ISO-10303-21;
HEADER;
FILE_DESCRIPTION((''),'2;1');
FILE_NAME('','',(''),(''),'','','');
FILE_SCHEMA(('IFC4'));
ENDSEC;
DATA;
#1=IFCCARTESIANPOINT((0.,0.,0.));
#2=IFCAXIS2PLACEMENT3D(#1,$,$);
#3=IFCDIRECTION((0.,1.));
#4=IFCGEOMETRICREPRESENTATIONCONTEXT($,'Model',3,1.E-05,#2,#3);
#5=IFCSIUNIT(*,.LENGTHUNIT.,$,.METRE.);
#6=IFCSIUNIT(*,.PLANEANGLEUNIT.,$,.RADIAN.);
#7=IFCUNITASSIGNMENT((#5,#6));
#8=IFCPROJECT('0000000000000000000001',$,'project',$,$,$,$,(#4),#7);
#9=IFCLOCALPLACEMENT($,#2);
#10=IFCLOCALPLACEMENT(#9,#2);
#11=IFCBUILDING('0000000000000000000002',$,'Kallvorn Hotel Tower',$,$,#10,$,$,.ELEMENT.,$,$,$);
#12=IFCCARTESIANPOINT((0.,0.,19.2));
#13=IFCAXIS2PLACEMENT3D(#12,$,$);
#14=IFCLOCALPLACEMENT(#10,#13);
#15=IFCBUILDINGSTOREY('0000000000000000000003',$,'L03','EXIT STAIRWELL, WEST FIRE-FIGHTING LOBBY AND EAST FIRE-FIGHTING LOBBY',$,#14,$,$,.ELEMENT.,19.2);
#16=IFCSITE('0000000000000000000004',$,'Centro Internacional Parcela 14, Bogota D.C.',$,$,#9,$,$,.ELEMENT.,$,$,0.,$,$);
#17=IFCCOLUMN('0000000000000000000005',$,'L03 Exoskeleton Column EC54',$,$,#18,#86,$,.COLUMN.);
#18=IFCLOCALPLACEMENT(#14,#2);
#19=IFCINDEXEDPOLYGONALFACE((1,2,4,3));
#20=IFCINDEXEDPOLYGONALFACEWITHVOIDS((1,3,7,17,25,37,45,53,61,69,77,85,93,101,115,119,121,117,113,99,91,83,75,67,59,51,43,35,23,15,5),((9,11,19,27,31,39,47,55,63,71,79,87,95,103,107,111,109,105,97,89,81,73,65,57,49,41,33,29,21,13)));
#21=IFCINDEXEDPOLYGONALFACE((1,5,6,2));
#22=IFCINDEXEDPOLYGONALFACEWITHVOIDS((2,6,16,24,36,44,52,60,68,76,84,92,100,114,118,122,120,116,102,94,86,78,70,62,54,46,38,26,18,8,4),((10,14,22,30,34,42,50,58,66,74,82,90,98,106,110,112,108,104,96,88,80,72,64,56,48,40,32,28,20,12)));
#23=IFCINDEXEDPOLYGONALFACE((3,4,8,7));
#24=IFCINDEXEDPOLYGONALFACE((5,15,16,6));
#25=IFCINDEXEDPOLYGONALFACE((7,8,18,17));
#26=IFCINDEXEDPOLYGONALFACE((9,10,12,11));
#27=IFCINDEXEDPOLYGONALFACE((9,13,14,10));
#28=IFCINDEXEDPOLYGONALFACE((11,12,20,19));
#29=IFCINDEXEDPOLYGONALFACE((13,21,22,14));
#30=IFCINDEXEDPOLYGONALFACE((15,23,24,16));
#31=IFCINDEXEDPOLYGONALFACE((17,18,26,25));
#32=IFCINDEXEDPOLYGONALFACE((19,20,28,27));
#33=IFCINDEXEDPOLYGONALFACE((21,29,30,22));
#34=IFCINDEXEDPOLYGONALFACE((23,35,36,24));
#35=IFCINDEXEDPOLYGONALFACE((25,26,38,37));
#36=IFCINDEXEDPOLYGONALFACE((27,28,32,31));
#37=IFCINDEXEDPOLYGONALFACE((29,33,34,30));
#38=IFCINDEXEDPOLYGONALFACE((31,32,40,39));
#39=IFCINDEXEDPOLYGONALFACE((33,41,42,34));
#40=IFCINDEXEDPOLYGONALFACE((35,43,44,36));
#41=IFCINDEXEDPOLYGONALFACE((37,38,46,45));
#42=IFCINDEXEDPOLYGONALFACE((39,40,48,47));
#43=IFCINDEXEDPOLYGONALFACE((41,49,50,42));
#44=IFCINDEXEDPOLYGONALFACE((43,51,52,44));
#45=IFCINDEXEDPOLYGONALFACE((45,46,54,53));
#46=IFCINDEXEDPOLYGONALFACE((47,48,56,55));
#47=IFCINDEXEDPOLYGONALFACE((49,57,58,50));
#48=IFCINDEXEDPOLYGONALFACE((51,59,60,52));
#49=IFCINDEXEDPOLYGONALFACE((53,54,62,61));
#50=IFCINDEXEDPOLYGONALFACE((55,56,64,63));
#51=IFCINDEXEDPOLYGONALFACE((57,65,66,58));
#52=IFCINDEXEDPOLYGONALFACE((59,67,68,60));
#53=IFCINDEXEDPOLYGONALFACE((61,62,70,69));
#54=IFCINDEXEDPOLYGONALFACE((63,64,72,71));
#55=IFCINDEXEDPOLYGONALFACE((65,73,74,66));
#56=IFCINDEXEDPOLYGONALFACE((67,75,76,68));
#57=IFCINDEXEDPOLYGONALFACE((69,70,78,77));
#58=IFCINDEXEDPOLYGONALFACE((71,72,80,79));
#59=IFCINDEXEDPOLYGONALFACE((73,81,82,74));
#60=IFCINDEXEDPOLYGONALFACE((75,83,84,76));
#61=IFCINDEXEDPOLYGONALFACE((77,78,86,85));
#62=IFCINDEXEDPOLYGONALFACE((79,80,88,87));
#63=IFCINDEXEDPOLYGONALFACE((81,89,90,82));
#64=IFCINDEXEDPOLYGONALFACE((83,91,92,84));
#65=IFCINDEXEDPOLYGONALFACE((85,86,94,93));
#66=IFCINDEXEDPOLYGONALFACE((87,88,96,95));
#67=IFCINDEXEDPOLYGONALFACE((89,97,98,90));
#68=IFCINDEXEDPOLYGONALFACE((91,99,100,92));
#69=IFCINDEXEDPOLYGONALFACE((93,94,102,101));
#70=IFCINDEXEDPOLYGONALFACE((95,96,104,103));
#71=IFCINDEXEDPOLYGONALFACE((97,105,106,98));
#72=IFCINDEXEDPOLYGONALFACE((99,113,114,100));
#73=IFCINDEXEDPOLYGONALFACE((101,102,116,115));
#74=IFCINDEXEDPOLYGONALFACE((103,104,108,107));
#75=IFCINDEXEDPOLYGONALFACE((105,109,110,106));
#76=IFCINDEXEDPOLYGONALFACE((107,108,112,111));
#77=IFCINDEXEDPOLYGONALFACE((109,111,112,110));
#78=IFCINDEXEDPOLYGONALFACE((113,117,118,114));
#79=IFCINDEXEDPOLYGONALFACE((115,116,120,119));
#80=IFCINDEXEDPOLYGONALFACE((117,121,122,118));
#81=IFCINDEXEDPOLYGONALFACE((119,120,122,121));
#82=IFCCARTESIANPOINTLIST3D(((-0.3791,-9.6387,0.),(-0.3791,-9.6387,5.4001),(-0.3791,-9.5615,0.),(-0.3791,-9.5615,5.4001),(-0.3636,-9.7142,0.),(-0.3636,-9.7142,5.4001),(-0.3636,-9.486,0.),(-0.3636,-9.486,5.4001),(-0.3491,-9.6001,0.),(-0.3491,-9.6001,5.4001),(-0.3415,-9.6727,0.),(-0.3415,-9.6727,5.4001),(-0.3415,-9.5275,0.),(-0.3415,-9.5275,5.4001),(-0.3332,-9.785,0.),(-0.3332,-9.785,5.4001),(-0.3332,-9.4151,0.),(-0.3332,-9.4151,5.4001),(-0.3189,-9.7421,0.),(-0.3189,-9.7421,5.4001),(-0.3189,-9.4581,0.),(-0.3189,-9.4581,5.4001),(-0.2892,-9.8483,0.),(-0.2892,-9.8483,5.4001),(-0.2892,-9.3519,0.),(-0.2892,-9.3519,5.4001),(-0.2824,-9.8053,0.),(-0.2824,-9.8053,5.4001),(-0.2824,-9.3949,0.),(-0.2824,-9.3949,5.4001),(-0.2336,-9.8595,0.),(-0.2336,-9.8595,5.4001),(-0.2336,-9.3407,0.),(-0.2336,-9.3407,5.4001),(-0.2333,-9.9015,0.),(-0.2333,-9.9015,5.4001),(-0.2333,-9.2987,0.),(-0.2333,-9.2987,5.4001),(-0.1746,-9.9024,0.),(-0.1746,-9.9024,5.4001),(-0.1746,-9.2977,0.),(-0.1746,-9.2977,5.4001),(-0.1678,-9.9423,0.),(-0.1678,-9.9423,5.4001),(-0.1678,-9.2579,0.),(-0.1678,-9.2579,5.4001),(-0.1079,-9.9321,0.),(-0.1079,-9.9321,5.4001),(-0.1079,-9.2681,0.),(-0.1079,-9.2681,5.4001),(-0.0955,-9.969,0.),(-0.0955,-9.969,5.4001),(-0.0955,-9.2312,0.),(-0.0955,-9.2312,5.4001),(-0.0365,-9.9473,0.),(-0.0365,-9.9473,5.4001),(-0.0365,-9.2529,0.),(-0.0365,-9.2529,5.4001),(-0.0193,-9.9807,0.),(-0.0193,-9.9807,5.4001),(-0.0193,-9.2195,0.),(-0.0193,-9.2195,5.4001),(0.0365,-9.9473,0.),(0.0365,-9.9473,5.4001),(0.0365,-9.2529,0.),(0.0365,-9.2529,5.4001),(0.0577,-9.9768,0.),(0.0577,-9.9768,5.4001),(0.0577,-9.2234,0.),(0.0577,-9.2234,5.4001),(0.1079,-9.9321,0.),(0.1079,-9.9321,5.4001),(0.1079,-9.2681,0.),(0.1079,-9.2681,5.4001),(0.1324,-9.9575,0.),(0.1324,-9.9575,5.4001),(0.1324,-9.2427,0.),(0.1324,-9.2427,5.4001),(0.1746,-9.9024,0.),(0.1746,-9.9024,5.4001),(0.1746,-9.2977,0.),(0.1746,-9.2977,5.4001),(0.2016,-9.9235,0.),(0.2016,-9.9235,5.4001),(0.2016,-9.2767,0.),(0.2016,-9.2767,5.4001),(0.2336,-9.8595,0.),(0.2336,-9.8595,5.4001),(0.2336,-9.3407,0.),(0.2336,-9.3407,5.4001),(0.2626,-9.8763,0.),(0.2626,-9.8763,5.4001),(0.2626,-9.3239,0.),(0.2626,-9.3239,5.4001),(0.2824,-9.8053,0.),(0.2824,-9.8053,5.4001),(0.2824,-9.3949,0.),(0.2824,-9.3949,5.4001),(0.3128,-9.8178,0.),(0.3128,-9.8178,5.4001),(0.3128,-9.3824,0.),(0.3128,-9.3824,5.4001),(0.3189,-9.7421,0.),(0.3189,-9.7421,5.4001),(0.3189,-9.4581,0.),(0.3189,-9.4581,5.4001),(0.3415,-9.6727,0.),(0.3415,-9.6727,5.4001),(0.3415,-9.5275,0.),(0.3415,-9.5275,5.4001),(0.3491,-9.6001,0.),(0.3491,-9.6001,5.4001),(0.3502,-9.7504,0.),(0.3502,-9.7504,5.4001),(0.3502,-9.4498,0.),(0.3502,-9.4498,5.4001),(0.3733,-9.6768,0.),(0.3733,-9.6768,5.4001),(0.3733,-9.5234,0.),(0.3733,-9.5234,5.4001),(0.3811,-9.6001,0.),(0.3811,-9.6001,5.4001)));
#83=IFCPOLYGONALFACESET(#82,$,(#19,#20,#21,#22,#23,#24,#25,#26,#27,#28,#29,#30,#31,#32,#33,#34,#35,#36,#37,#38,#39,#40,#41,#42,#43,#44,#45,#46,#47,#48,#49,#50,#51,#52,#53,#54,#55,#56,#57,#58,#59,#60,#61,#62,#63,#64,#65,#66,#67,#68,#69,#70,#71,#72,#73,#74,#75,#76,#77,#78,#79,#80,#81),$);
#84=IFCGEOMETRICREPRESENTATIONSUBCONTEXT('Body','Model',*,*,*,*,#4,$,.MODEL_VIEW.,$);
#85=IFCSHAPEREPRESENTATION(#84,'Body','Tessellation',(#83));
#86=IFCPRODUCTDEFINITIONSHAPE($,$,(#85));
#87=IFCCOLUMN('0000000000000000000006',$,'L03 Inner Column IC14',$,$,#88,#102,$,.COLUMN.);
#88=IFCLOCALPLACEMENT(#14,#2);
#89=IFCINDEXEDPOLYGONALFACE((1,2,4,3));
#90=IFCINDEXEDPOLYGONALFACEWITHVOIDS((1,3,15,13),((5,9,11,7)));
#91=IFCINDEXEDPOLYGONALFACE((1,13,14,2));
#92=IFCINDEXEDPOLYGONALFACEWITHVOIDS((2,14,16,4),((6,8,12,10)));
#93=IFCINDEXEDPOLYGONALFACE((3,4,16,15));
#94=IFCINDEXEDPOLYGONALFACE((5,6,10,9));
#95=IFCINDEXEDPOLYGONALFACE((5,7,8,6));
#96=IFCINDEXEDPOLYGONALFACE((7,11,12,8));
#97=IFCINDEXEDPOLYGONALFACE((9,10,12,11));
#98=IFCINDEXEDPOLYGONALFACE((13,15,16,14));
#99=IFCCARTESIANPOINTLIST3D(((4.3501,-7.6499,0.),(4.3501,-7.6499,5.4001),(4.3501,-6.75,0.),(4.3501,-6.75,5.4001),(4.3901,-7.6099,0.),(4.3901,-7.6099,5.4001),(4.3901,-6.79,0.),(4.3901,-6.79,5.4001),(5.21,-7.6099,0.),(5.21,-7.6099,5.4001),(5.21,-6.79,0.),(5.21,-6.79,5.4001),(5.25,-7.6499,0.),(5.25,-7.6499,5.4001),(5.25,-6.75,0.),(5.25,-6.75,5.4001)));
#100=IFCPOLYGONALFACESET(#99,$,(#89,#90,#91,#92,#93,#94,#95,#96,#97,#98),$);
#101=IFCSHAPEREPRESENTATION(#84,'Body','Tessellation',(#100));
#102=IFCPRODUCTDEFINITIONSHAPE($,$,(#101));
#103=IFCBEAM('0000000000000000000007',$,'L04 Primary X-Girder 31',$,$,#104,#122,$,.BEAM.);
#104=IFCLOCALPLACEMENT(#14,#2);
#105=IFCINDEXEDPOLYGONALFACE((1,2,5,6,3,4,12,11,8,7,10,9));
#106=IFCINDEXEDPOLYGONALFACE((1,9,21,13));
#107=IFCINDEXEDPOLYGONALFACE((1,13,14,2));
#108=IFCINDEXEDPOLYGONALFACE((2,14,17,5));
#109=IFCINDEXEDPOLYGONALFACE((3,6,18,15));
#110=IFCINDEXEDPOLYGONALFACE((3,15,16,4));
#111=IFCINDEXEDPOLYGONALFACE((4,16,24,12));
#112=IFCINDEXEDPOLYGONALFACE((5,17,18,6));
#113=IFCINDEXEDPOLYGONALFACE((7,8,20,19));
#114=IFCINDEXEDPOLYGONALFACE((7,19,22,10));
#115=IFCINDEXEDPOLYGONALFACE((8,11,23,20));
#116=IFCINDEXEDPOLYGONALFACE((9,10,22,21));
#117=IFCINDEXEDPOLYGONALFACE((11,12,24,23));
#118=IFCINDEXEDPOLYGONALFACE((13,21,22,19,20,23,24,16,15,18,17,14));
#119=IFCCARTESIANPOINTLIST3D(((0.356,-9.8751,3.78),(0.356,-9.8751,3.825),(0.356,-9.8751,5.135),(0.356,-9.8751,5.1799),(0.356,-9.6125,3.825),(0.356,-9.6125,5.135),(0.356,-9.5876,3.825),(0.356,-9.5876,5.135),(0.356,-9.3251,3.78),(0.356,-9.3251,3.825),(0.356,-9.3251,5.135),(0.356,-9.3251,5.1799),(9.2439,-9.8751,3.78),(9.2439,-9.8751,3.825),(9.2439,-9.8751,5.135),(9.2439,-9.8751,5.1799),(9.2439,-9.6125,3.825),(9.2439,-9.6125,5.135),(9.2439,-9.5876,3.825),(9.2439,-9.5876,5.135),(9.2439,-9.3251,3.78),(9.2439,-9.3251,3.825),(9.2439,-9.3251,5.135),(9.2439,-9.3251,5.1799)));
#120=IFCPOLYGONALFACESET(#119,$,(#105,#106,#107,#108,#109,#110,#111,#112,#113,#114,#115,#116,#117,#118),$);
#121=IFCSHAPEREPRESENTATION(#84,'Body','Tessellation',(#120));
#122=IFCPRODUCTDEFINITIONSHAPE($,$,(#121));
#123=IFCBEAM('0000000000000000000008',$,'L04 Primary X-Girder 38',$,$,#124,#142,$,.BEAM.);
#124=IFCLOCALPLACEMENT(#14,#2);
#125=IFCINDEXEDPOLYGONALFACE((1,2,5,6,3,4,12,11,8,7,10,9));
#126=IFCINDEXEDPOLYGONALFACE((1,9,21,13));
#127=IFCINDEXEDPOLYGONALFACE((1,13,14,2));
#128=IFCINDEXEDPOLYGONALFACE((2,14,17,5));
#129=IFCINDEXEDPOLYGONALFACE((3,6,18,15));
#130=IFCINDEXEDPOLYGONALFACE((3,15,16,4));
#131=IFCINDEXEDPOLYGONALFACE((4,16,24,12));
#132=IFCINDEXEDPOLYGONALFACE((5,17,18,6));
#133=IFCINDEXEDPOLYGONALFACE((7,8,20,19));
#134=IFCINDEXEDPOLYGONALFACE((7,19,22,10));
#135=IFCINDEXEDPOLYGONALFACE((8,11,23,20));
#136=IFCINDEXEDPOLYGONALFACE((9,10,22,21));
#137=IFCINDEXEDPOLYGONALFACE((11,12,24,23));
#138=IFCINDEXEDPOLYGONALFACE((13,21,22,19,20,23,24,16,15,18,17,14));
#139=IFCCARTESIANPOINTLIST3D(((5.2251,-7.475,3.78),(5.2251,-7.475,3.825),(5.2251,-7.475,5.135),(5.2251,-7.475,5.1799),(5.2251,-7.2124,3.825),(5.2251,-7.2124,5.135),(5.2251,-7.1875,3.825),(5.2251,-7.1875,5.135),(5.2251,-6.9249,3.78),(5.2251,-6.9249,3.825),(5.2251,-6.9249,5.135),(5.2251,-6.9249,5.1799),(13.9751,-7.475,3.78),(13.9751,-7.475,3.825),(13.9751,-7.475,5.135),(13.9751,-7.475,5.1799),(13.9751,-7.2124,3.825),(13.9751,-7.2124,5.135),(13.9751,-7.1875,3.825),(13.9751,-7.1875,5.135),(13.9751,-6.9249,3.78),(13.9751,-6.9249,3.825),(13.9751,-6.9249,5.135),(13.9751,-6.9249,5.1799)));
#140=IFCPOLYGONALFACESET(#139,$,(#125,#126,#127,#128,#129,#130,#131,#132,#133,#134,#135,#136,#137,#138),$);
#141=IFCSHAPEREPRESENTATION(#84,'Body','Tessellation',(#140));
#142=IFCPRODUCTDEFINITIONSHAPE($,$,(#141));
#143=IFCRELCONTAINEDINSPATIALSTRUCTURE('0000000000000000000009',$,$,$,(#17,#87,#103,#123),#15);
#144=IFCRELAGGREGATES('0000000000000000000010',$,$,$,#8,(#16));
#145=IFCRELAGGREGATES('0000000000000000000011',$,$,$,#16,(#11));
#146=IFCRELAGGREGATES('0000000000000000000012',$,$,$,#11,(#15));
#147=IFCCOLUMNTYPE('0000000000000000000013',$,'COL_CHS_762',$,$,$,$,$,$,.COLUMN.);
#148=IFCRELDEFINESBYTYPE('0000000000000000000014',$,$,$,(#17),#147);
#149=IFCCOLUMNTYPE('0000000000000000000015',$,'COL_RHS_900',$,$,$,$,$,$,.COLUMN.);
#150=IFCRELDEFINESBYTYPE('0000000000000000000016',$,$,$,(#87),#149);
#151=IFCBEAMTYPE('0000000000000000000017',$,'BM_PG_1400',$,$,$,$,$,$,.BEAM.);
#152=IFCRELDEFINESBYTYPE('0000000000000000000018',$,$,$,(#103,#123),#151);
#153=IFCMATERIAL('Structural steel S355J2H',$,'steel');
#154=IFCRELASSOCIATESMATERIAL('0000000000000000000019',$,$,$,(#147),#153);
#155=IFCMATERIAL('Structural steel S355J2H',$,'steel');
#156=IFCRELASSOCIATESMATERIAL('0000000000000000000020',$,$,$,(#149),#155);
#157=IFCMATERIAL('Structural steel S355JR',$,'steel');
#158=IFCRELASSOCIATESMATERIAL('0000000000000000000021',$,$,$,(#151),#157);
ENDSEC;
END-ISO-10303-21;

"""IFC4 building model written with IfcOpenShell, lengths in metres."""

from ifc_helpers import new_model, si_unit, direction, frame, origin, origin_2d, place, context, subcontext, project, spatial, hollow_rectangle, hollow_circle, i_section, extrude, material, material_profile, profile_set, type_object, element, save


model = new_model("IFC4")

# Units and contexts
model_context = context("Model", 3, precision=1e-05, world=origin(), true_north=direction((0.0, 1.0)))
body_context = subcontext(model_context, "Body", "Model", "MODEL_VIEW")
ifc_project = project(units=[si_unit("LENGTHUNIT", "METRE"), si_unit("PLANEANGLEUNIT", "RADIAN")], contexts=[model_context])

# Site, building, storey
site_placement = place(None, origin())
site = spatial("IfcSite", under=ifc_project, at=site_placement, Name="Centro Internacional Parcela 14, Bogota D.C.", CompositionType="ELEMENT", RefElevation=0.0)
building_placement = place(site_placement, origin())
building = spatial("IfcBuilding", under=site, at=building_placement, Name="Kallvorn Hotel Tower", CompositionType="ELEMENT")
storey_placement = place(building_placement, frame((0.0, 0.0, 19.2)))
storey = spatial("IfcBuildingStorey", under=building, at=storey_placement, Name="L03", Description="EXIT STAIRWELL, WEST FIRE-FIGHTING LOBBY AND EAST FIRE-FIGHTING LOBBY", CompositionType="ELEMENT", Elevation=19.2)

# Columns
ifc_material_1 = material(Name="Structural steel S355J2H", Category="steel")
ifc_material_profile_1 = material_profile(ifc_material_1, hollow_circle(Radius=0.3811, WallThickness=0.032, at=origin_2d()), Name="CHS 762x32")
ifc_profile_set_1 = profile_set([ifc_material_profile_1], Name="Structural steel S355J2H")
column_type_1 = type_object("IfcColumnType", Name="COL_CHS_762", PredefinedType="COLUMN", material=ifc_profile_set_1)
column_1_placement = place(storey_placement, frame((0.0, -9.6001, 0.0), z_axis=(0.0, 0.0, 1.0), x_axis=(1.0, 0.0, 0.0)))
element("IfcColumn", 1, at=column_1_placement, inside=storey, type_object=column_type_1, Name="L03 Exoskeleton Column EC54", PredefinedType="COLUMN", context=body_context, shape_type="SweptSolid", body=[
    extrude(hollow_circle(Radius=0.3811, WallThickness=0.032, at=origin_2d()), origin(), (0.0, 0.0, 1.0), 5.4001),
])
ifc_material_2 = material(Name="Structural steel S355J2H", Category="steel")
ifc_material_profile_2 = material_profile(ifc_material_2, hollow_rectangle(XDim=0.8999, YDim=0.8999, WallThickness=0.04, at=origin_2d()), Name="RHS 900x900x40")
ifc_profile_set_2 = profile_set([ifc_material_profile_2], Name="Structural steel S355J2H")
column_type_2 = type_object("IfcColumnType", Name="COL_RHS_900", PredefinedType="COLUMN", material=ifc_profile_set_2)
column_2_placement = place(storey_placement, frame((4.8, -7.2, 0.0), z_axis=(0.0, 0.0, 1.0), x_axis=(1.0, 0.0, 0.0)))
element("IfcColumn", 2, at=column_2_placement, inside=storey, type_object=column_type_2, Name="L03 Inner Column IC14", PredefinedType="COLUMN", context=body_context, shape_type="SweptSolid", body=[
    extrude(hollow_rectangle(XDim=0.8999, YDim=0.8999, WallThickness=0.04, at=origin_2d()), origin(), (0.0, 0.0, 1.0), 5.4001),
])

# Beams
ifc_material_3 = material(Name="Structural steel S355JR", Category="steel")
ifc_material_profile_3 = material_profile(ifc_material_3, i_section(OverallWidth=0.55, OverallDepth=1.3999, WebThickness=0.0249, FlangeThickness=0.0449, at=origin_2d()), Name="PG 1400x550x25x45")
ifc_profile_set_3 = profile_set([ifc_material_profile_3], Name="Structural steel S355JR")
beam_type = type_object("IfcBeamType", Name="BM_PG_1400", PredefinedType="BEAM", material=ifc_profile_set_3)
beam_1_placement = place(storey_placement, frame((0.356, -9.6001, 4.48), z_axis=(1.0, 0.0, 0.0), x_axis=(0.0, 1.0, 0.0)))
element("IfcBeam", 3, at=beam_1_placement, inside=storey, type_object=beam_type, Name="L04 Primary X-Girder 31", PredefinedType="BEAM", context=body_context, shape_type="SweptSolid", body=[
    extrude(i_section(OverallWidth=0.55, OverallDepth=1.3999, WebThickness=0.0249, FlangeThickness=0.0449, at=origin_2d()), origin(), (0.0, 0.0, 1.0), 8.8879),
])
beam_2_placement = place(storey_placement, frame((5.2251, -7.2, 4.48), z_axis=(1.0, 0.0, 0.0), x_axis=(0.0, 1.0, 0.0)))
element("IfcBeam", 4, at=beam_2_placement, inside=storey, type_object=beam_type, Name="L04 Primary X-Girder 38", PredefinedType="BEAM", context=body_context, shape_type="SweptSolid", body=[
    extrude(i_section(OverallWidth=0.55, OverallDepth=1.3999, WebThickness=0.0249, FlangeThickness=0.0449, at=origin_2d()), origin(), (0.0, 0.0, 1.0), 8.75),
])

save(model, "model.ifc")
